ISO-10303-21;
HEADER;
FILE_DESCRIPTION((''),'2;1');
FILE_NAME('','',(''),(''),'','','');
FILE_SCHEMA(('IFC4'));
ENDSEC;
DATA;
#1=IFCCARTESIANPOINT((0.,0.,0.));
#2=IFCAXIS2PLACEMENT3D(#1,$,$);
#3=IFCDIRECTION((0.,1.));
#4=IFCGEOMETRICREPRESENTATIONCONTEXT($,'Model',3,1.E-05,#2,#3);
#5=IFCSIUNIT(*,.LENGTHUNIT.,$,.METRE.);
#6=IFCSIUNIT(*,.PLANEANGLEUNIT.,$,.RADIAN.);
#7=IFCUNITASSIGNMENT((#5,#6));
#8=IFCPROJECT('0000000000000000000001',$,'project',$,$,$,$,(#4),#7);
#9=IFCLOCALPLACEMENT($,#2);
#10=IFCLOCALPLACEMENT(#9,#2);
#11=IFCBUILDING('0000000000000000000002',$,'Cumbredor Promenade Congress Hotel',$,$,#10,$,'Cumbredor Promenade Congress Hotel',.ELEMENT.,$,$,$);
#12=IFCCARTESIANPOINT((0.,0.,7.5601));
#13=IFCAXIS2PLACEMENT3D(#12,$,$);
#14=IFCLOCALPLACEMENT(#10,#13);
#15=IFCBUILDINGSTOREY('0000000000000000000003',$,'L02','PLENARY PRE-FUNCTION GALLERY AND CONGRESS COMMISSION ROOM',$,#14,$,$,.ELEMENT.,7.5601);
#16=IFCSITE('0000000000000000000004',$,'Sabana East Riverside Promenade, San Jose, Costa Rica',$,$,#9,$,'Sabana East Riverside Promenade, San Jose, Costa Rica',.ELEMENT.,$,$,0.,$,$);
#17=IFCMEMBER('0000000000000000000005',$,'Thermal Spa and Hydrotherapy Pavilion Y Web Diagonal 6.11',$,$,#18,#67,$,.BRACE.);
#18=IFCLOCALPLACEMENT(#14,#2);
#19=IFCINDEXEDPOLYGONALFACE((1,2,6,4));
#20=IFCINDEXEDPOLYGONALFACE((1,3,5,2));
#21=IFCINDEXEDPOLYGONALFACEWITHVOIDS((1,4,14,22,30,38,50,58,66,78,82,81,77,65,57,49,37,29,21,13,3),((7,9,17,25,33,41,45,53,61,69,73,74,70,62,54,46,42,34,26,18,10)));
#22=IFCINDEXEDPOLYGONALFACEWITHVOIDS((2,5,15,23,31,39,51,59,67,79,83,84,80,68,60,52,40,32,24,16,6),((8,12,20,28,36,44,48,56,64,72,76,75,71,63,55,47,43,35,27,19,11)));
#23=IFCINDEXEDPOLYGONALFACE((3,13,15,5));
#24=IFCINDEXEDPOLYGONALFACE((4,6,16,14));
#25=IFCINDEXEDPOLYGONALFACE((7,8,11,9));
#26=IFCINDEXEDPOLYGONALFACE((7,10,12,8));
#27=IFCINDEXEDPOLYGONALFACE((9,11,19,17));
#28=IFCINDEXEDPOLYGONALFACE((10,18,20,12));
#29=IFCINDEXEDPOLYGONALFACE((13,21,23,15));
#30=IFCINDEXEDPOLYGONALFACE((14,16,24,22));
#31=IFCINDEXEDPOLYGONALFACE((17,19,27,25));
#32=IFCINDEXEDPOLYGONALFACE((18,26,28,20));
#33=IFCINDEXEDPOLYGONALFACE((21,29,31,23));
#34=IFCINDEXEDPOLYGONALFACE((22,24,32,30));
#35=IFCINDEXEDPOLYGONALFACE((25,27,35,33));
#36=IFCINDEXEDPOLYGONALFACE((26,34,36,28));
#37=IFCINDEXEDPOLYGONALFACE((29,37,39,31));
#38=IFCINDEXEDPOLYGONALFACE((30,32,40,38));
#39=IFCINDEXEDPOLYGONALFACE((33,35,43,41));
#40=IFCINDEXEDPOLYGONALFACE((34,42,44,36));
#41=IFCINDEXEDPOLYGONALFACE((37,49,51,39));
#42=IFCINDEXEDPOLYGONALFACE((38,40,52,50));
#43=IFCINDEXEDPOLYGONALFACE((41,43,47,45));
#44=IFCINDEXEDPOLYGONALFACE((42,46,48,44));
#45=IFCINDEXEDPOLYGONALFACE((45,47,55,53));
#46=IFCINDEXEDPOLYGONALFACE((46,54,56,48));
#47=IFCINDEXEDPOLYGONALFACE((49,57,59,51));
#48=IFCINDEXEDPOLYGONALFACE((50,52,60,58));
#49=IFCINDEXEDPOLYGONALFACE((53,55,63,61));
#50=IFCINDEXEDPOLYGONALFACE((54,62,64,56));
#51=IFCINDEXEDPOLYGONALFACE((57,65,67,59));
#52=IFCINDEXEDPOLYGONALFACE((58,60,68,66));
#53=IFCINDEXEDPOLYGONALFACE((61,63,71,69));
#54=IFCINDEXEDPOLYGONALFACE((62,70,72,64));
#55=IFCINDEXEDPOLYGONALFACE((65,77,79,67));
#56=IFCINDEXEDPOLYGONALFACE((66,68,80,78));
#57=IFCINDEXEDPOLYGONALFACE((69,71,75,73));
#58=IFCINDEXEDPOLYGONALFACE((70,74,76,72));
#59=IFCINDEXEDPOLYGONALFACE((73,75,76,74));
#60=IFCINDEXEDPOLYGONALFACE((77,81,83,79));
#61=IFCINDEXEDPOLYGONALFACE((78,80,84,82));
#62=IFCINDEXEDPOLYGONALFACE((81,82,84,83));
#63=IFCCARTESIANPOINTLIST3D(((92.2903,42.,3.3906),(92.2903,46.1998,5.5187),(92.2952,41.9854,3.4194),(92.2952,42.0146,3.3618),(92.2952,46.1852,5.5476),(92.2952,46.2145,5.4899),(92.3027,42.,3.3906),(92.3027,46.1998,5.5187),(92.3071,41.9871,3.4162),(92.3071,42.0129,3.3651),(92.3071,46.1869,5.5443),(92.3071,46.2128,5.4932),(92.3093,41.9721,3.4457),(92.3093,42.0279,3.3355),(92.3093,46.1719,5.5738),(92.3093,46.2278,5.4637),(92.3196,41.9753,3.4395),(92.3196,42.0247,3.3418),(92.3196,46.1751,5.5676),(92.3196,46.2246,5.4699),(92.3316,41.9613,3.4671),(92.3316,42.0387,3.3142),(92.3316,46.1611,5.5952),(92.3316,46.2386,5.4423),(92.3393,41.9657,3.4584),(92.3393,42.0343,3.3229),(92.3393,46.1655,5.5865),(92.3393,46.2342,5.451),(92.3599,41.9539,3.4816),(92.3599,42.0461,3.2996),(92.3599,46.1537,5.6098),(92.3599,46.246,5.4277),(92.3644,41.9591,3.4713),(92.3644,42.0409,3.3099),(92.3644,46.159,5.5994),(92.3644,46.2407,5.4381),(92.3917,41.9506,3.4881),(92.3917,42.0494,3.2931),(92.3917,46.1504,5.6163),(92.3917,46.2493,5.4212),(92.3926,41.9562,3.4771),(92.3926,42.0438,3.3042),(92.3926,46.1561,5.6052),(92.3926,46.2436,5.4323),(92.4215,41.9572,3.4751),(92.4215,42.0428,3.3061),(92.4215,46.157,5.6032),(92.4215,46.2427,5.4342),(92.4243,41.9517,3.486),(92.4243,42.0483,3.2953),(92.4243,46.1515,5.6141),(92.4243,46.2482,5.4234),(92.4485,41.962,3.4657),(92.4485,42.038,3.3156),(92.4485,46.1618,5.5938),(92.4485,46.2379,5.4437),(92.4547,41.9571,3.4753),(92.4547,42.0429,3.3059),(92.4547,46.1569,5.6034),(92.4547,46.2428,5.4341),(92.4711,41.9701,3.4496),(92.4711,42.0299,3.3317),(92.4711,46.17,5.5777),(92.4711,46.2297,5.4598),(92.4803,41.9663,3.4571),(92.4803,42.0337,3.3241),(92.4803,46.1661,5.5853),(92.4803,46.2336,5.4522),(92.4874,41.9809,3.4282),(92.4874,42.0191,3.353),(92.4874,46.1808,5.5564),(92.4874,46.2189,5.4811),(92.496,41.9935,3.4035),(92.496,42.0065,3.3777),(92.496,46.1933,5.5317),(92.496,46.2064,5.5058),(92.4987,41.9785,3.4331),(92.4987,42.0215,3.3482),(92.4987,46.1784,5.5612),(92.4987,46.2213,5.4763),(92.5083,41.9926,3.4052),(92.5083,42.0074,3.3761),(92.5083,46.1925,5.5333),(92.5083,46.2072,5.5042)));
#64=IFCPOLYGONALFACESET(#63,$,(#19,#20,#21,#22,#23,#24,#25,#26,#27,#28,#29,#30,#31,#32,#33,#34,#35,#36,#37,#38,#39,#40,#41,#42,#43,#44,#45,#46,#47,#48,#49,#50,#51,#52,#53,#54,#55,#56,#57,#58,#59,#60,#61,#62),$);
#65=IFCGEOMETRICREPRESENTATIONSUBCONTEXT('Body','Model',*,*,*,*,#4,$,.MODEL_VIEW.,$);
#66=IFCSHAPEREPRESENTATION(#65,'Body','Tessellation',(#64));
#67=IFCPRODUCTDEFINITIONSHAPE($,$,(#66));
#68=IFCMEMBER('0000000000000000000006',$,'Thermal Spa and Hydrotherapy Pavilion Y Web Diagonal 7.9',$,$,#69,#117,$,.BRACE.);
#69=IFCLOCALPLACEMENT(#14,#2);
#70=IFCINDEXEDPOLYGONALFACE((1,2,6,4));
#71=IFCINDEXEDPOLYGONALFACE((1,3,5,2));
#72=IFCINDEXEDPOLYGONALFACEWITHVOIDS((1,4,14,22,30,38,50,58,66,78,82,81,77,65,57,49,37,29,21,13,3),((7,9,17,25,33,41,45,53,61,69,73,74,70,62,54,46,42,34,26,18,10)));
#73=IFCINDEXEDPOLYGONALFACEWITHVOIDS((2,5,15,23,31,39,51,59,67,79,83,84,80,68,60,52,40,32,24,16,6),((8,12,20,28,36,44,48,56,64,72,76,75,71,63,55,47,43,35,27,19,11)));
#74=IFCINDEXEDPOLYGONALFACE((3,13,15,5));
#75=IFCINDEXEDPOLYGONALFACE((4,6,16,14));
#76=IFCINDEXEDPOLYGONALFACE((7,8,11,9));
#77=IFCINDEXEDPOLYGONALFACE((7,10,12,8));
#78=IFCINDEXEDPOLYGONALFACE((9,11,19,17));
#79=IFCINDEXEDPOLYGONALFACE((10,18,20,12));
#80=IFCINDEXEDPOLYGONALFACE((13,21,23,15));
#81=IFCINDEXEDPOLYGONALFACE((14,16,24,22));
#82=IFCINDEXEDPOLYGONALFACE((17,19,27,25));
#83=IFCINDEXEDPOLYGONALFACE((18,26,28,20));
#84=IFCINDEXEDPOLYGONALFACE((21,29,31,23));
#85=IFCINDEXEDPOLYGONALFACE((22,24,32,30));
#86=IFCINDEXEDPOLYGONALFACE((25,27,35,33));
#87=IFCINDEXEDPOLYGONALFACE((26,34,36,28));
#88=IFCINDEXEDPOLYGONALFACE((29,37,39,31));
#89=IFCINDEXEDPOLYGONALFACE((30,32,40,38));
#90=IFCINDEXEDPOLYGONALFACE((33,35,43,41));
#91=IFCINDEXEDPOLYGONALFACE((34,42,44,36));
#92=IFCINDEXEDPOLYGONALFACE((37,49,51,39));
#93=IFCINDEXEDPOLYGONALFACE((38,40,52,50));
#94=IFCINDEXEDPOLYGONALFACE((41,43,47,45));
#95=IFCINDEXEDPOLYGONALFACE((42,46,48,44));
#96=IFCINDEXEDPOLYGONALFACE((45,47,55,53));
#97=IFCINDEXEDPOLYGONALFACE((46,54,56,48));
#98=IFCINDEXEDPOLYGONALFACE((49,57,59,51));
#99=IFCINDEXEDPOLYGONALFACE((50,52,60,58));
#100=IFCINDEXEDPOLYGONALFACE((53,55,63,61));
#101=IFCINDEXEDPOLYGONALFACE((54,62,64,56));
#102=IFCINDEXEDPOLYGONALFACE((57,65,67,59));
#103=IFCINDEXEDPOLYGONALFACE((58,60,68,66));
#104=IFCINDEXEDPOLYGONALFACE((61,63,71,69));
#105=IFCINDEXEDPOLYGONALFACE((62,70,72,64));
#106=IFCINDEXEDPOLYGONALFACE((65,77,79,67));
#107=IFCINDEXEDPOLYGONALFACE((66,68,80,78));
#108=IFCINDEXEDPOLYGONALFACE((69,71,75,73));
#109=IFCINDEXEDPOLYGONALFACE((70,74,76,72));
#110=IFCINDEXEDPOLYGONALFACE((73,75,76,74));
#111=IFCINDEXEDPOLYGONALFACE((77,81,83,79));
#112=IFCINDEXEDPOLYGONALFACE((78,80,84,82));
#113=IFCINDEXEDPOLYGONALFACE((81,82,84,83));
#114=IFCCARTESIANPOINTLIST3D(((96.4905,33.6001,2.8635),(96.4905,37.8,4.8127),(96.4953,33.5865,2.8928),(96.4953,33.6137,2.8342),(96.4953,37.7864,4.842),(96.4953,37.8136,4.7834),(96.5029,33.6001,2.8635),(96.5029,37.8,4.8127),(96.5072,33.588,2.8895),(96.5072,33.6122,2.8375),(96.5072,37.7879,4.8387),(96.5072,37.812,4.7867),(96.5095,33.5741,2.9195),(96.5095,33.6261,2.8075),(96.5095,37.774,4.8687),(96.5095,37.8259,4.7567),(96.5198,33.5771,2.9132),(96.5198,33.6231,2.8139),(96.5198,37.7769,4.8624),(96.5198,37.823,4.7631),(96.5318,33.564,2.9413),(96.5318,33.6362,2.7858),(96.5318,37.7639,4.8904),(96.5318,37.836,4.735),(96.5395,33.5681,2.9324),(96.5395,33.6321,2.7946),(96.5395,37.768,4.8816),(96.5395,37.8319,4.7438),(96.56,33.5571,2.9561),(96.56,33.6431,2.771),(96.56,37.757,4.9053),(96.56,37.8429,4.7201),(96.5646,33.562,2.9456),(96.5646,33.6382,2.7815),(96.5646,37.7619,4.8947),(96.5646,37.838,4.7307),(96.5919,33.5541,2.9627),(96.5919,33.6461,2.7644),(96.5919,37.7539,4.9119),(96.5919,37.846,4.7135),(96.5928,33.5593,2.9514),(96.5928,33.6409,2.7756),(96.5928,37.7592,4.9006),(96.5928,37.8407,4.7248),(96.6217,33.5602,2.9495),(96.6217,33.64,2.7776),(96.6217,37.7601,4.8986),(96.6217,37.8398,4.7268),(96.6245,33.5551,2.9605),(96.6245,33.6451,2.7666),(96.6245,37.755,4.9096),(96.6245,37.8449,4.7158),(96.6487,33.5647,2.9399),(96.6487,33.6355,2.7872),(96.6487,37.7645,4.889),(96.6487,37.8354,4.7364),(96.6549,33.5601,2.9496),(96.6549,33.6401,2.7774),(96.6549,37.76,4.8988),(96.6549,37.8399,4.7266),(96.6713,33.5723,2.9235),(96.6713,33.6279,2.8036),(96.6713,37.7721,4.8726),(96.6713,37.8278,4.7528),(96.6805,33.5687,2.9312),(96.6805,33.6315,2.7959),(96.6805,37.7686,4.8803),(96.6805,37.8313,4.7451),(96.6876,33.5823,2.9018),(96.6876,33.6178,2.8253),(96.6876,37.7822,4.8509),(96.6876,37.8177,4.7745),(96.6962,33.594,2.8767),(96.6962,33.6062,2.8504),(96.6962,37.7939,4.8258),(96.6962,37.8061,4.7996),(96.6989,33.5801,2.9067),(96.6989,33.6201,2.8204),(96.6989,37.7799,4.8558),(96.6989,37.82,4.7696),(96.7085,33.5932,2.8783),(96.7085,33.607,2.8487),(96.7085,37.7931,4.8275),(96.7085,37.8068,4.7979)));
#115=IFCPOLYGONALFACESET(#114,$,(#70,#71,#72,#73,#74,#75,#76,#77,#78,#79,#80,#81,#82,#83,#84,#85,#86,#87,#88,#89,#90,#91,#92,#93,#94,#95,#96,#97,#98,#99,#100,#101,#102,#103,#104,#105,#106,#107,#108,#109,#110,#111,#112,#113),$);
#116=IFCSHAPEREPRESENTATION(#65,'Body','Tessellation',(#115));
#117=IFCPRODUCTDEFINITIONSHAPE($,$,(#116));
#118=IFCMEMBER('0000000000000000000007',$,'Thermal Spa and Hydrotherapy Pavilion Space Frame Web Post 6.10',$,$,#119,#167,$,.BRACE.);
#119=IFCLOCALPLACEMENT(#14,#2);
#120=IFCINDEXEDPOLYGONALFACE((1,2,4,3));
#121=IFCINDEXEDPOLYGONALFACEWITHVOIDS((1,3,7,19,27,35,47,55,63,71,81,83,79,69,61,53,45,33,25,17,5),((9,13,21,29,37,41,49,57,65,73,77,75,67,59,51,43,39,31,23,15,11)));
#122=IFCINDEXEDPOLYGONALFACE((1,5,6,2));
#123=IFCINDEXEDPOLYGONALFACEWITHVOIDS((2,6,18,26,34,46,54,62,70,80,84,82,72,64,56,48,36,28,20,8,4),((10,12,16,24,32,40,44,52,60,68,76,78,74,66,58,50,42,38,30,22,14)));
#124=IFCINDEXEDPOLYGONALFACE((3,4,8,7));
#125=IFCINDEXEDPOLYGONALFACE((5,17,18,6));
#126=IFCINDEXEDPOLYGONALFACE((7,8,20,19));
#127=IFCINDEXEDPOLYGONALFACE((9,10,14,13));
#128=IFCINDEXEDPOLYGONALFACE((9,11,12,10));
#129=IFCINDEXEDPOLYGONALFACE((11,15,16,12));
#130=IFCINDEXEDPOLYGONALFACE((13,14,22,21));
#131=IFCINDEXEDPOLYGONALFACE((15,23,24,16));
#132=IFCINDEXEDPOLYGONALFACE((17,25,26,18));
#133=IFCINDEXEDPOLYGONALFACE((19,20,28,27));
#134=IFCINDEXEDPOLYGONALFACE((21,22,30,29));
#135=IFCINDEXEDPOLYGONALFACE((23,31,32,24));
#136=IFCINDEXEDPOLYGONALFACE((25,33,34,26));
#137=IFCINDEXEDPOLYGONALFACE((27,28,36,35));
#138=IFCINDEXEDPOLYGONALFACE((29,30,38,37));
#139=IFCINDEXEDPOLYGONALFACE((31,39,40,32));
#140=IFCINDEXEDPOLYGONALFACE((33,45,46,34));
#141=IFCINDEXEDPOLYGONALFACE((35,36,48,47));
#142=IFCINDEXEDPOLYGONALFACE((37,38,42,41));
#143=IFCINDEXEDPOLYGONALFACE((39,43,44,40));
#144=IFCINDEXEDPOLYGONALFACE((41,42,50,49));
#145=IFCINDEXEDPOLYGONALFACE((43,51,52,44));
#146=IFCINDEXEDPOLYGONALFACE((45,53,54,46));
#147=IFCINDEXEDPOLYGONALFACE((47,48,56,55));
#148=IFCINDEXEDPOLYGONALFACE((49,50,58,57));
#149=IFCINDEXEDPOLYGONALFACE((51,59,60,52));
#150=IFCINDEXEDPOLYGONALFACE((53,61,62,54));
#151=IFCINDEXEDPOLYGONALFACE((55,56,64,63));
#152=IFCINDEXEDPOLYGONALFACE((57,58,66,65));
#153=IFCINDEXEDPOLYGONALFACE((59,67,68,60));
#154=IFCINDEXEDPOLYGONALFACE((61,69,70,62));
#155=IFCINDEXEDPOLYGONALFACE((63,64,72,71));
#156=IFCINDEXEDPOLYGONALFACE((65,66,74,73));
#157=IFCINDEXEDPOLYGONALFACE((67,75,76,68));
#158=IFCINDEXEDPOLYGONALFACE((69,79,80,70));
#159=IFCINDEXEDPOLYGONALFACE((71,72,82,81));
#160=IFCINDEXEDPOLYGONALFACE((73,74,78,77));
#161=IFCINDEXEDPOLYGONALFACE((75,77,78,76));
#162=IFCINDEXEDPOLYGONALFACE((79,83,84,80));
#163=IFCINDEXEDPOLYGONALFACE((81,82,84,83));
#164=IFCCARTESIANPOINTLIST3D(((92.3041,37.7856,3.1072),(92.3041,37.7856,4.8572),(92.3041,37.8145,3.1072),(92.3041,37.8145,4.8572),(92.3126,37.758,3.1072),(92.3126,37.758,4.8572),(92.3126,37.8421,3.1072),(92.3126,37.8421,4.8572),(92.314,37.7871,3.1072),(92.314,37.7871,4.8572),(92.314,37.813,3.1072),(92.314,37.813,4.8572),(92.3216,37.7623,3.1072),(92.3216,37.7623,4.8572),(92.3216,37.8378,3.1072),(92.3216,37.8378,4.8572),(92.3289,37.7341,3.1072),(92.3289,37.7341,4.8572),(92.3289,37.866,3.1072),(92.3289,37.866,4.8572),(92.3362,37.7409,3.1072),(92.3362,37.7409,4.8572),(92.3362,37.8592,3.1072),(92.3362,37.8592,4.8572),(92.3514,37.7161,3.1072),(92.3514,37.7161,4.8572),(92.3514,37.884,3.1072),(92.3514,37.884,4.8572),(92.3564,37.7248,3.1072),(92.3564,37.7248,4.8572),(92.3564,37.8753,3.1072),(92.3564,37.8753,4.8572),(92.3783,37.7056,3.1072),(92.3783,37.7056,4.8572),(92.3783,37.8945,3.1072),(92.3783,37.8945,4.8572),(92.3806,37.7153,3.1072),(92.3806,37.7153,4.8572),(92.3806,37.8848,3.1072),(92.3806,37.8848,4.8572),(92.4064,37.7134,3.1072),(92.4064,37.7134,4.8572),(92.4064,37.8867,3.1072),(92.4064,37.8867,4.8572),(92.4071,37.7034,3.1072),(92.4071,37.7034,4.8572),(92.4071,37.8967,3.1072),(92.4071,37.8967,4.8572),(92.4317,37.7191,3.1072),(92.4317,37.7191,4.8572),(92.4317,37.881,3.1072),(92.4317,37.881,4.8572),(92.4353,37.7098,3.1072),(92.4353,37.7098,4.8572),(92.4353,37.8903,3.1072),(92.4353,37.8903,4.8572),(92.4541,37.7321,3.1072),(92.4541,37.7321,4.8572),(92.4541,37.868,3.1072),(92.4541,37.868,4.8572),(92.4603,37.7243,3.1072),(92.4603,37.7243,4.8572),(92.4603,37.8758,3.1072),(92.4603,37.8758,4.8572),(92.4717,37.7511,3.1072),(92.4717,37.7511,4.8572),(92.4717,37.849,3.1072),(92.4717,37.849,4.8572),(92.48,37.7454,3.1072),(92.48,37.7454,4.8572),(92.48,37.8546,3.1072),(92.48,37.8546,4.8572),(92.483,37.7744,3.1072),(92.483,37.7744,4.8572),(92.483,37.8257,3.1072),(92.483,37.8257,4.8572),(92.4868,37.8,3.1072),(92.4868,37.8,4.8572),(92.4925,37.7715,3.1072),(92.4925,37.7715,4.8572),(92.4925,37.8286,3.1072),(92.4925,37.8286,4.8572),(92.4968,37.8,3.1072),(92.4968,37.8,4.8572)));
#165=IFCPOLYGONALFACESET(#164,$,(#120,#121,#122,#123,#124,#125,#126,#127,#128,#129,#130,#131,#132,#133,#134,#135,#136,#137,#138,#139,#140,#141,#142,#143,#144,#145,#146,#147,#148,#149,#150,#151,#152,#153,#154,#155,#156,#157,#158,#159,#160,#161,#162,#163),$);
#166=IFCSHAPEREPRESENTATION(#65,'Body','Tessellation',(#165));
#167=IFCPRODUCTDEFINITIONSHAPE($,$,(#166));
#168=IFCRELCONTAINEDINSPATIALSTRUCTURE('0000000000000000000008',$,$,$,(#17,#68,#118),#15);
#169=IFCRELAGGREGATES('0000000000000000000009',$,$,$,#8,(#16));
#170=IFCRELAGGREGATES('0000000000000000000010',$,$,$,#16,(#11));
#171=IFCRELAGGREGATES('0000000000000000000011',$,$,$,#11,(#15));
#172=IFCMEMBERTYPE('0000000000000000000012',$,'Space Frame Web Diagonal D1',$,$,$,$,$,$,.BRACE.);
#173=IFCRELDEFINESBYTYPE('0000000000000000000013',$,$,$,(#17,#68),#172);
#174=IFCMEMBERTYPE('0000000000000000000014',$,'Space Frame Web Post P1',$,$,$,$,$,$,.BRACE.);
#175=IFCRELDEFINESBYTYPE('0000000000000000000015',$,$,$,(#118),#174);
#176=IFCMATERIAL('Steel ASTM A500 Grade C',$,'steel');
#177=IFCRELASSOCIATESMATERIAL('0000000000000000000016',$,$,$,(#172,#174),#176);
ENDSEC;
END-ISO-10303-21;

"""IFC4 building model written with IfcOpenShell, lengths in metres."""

from ifc_helpers import new_model, si_unit, direction, frame, origin, origin_2d, place, context, subcontext, project, spatial, hollow_circle, extrude, material, material_profile, profile_set, type_object, element, save


model = new_model("IFC4")

# Units and contexts
model_context = context("Model", 3, precision=1e-05, world=origin(), true_north=direction((0.0, 1.0)))
body_context = subcontext(model_context, "Body", "Model", "MODEL_VIEW")
ifc_project = project(units=[si_unit("LENGTHUNIT", "METRE"), si_unit("PLANEANGLEUNIT", "RADIAN")], contexts=[model_context])

# Site, building, storey
site_placement = place(None, origin())
site = spatial("IfcSite", under=ifc_project, at=site_placement, Name="Sabana East Riverside Promenade, San Jose, Costa Rica", LongName="Sabana East Riverside Promenade, San Jose, Costa Rica", CompositionType="ELEMENT", RefElevation=0.0)
building_placement = place(site_placement, origin())
building = spatial("IfcBuilding", under=site, at=building_placement, Name="Cumbredor Promenade Congress Hotel", LongName="Cumbredor Promenade Congress Hotel", CompositionType="ELEMENT")
storey_placement = place(building_placement, frame((0.0, 0.0, 7.5601)))
storey = spatial("IfcBuildingStorey", under=building, at=storey_placement, Name="L02", Description="PLENARY PRE-FUNCTION GALLERY AND CONGRESS COMMISSION ROOM", CompositionType="ELEMENT", Elevation=7.5601)

# Members
ifc_material_1 = material(Name="Steel ASTM A500 Grade C", Category="steel")
ifc_material_profile_1 = material_profile(ifc_material_1, hollow_circle(Radius=0.1096, WallThickness=0.0125, at=origin_2d()), Name="CHS 219.1x12.5")
ifc_profile_set_1 = profile_set([ifc_material_profile_1], Name="Steel ASTM A500 Grade C")
member_type_1 = type_object("IfcMemberType", Name="Space Frame Web Diagonal D1", PredefinedType="BRACE", material=ifc_profile_set_1)
member_1_placement = place(storey_placement, frame((92.3999, 42.0, 3.3906), z_axis=(0.0, 0.892019, 0.451998), x_axis=(-1.0, 0.0, 0.0)))
element("IfcMember", 1, at=member_1_placement, inside=storey, type_object=member_type_1, Name="Thermal Spa and Hydrotherapy Pavilion Y Web Diagonal 6.11", PredefinedType="BRACE", context=body_context, shape_type="SweptSolid", body=[
    extrude(hollow_circle(Radius=0.1096, WallThickness=0.0125, at=origin_2d()), origin(), (0.0, 0.0, 1.0), 4.7083),
])
member_2_placement = place(storey_placement, frame((96.6001, 33.6001, 2.8635), z_axis=(0.0, 0.907072, 0.420977), x_axis=(-1.0, 0.0, 0.0)))
element("IfcMember", 2, at=member_2_placement, inside=storey, type_object=member_type_1, Name="Thermal Spa and Hydrotherapy Pavilion Y Web Diagonal 7.9", PredefinedType="BRACE", context=body_context, shape_type="SweptSolid", body=[
    extrude(hollow_circle(Radius=0.1096, WallThickness=0.0125, at=origin_2d()), origin(), (0.0, 0.0, 1.0), 4.6301),
])
ifc_material_profile_2 = material_profile(ifc_material_1, hollow_circle(Radius=0.0969, WallThickness=0.01, at=origin_2d()), Name="CHS 193.7x10")
ifc_profile_set_2 = profile_set([ifc_material_profile_2], Name="Steel ASTM A500 Grade C")
member_type_2 = type_object("IfcMemberType", Name="Space Frame Web Post P1", PredefinedType="BRACE", material=ifc_profile_set_2)
for number, where, z_axis, x_axis, name in (
    (3, (92.3999, 37.8, 3.1072), (0.0, 0.0, 1.0), (1.0, 0.0, 0.0), "Thermal Spa and Hydrotherapy Pavilion Space Frame Web Post 6.10"),
):
    element("IfcMember", number, at=place(storey_placement, frame(where, z_axis=z_axis, x_axis=x_axis)), inside=storey, type_object=member_type_2, Name=name, PredefinedType="BRACE", context=body_context, shape_type="SweptSolid", body=[
        extrude(hollow_circle(Radius=0.0969, WallThickness=0.01, at=origin_2d()), origin(), (0.0, 0.0, 1.0), 1.75),
    ])

save(model, "model.ifc")
